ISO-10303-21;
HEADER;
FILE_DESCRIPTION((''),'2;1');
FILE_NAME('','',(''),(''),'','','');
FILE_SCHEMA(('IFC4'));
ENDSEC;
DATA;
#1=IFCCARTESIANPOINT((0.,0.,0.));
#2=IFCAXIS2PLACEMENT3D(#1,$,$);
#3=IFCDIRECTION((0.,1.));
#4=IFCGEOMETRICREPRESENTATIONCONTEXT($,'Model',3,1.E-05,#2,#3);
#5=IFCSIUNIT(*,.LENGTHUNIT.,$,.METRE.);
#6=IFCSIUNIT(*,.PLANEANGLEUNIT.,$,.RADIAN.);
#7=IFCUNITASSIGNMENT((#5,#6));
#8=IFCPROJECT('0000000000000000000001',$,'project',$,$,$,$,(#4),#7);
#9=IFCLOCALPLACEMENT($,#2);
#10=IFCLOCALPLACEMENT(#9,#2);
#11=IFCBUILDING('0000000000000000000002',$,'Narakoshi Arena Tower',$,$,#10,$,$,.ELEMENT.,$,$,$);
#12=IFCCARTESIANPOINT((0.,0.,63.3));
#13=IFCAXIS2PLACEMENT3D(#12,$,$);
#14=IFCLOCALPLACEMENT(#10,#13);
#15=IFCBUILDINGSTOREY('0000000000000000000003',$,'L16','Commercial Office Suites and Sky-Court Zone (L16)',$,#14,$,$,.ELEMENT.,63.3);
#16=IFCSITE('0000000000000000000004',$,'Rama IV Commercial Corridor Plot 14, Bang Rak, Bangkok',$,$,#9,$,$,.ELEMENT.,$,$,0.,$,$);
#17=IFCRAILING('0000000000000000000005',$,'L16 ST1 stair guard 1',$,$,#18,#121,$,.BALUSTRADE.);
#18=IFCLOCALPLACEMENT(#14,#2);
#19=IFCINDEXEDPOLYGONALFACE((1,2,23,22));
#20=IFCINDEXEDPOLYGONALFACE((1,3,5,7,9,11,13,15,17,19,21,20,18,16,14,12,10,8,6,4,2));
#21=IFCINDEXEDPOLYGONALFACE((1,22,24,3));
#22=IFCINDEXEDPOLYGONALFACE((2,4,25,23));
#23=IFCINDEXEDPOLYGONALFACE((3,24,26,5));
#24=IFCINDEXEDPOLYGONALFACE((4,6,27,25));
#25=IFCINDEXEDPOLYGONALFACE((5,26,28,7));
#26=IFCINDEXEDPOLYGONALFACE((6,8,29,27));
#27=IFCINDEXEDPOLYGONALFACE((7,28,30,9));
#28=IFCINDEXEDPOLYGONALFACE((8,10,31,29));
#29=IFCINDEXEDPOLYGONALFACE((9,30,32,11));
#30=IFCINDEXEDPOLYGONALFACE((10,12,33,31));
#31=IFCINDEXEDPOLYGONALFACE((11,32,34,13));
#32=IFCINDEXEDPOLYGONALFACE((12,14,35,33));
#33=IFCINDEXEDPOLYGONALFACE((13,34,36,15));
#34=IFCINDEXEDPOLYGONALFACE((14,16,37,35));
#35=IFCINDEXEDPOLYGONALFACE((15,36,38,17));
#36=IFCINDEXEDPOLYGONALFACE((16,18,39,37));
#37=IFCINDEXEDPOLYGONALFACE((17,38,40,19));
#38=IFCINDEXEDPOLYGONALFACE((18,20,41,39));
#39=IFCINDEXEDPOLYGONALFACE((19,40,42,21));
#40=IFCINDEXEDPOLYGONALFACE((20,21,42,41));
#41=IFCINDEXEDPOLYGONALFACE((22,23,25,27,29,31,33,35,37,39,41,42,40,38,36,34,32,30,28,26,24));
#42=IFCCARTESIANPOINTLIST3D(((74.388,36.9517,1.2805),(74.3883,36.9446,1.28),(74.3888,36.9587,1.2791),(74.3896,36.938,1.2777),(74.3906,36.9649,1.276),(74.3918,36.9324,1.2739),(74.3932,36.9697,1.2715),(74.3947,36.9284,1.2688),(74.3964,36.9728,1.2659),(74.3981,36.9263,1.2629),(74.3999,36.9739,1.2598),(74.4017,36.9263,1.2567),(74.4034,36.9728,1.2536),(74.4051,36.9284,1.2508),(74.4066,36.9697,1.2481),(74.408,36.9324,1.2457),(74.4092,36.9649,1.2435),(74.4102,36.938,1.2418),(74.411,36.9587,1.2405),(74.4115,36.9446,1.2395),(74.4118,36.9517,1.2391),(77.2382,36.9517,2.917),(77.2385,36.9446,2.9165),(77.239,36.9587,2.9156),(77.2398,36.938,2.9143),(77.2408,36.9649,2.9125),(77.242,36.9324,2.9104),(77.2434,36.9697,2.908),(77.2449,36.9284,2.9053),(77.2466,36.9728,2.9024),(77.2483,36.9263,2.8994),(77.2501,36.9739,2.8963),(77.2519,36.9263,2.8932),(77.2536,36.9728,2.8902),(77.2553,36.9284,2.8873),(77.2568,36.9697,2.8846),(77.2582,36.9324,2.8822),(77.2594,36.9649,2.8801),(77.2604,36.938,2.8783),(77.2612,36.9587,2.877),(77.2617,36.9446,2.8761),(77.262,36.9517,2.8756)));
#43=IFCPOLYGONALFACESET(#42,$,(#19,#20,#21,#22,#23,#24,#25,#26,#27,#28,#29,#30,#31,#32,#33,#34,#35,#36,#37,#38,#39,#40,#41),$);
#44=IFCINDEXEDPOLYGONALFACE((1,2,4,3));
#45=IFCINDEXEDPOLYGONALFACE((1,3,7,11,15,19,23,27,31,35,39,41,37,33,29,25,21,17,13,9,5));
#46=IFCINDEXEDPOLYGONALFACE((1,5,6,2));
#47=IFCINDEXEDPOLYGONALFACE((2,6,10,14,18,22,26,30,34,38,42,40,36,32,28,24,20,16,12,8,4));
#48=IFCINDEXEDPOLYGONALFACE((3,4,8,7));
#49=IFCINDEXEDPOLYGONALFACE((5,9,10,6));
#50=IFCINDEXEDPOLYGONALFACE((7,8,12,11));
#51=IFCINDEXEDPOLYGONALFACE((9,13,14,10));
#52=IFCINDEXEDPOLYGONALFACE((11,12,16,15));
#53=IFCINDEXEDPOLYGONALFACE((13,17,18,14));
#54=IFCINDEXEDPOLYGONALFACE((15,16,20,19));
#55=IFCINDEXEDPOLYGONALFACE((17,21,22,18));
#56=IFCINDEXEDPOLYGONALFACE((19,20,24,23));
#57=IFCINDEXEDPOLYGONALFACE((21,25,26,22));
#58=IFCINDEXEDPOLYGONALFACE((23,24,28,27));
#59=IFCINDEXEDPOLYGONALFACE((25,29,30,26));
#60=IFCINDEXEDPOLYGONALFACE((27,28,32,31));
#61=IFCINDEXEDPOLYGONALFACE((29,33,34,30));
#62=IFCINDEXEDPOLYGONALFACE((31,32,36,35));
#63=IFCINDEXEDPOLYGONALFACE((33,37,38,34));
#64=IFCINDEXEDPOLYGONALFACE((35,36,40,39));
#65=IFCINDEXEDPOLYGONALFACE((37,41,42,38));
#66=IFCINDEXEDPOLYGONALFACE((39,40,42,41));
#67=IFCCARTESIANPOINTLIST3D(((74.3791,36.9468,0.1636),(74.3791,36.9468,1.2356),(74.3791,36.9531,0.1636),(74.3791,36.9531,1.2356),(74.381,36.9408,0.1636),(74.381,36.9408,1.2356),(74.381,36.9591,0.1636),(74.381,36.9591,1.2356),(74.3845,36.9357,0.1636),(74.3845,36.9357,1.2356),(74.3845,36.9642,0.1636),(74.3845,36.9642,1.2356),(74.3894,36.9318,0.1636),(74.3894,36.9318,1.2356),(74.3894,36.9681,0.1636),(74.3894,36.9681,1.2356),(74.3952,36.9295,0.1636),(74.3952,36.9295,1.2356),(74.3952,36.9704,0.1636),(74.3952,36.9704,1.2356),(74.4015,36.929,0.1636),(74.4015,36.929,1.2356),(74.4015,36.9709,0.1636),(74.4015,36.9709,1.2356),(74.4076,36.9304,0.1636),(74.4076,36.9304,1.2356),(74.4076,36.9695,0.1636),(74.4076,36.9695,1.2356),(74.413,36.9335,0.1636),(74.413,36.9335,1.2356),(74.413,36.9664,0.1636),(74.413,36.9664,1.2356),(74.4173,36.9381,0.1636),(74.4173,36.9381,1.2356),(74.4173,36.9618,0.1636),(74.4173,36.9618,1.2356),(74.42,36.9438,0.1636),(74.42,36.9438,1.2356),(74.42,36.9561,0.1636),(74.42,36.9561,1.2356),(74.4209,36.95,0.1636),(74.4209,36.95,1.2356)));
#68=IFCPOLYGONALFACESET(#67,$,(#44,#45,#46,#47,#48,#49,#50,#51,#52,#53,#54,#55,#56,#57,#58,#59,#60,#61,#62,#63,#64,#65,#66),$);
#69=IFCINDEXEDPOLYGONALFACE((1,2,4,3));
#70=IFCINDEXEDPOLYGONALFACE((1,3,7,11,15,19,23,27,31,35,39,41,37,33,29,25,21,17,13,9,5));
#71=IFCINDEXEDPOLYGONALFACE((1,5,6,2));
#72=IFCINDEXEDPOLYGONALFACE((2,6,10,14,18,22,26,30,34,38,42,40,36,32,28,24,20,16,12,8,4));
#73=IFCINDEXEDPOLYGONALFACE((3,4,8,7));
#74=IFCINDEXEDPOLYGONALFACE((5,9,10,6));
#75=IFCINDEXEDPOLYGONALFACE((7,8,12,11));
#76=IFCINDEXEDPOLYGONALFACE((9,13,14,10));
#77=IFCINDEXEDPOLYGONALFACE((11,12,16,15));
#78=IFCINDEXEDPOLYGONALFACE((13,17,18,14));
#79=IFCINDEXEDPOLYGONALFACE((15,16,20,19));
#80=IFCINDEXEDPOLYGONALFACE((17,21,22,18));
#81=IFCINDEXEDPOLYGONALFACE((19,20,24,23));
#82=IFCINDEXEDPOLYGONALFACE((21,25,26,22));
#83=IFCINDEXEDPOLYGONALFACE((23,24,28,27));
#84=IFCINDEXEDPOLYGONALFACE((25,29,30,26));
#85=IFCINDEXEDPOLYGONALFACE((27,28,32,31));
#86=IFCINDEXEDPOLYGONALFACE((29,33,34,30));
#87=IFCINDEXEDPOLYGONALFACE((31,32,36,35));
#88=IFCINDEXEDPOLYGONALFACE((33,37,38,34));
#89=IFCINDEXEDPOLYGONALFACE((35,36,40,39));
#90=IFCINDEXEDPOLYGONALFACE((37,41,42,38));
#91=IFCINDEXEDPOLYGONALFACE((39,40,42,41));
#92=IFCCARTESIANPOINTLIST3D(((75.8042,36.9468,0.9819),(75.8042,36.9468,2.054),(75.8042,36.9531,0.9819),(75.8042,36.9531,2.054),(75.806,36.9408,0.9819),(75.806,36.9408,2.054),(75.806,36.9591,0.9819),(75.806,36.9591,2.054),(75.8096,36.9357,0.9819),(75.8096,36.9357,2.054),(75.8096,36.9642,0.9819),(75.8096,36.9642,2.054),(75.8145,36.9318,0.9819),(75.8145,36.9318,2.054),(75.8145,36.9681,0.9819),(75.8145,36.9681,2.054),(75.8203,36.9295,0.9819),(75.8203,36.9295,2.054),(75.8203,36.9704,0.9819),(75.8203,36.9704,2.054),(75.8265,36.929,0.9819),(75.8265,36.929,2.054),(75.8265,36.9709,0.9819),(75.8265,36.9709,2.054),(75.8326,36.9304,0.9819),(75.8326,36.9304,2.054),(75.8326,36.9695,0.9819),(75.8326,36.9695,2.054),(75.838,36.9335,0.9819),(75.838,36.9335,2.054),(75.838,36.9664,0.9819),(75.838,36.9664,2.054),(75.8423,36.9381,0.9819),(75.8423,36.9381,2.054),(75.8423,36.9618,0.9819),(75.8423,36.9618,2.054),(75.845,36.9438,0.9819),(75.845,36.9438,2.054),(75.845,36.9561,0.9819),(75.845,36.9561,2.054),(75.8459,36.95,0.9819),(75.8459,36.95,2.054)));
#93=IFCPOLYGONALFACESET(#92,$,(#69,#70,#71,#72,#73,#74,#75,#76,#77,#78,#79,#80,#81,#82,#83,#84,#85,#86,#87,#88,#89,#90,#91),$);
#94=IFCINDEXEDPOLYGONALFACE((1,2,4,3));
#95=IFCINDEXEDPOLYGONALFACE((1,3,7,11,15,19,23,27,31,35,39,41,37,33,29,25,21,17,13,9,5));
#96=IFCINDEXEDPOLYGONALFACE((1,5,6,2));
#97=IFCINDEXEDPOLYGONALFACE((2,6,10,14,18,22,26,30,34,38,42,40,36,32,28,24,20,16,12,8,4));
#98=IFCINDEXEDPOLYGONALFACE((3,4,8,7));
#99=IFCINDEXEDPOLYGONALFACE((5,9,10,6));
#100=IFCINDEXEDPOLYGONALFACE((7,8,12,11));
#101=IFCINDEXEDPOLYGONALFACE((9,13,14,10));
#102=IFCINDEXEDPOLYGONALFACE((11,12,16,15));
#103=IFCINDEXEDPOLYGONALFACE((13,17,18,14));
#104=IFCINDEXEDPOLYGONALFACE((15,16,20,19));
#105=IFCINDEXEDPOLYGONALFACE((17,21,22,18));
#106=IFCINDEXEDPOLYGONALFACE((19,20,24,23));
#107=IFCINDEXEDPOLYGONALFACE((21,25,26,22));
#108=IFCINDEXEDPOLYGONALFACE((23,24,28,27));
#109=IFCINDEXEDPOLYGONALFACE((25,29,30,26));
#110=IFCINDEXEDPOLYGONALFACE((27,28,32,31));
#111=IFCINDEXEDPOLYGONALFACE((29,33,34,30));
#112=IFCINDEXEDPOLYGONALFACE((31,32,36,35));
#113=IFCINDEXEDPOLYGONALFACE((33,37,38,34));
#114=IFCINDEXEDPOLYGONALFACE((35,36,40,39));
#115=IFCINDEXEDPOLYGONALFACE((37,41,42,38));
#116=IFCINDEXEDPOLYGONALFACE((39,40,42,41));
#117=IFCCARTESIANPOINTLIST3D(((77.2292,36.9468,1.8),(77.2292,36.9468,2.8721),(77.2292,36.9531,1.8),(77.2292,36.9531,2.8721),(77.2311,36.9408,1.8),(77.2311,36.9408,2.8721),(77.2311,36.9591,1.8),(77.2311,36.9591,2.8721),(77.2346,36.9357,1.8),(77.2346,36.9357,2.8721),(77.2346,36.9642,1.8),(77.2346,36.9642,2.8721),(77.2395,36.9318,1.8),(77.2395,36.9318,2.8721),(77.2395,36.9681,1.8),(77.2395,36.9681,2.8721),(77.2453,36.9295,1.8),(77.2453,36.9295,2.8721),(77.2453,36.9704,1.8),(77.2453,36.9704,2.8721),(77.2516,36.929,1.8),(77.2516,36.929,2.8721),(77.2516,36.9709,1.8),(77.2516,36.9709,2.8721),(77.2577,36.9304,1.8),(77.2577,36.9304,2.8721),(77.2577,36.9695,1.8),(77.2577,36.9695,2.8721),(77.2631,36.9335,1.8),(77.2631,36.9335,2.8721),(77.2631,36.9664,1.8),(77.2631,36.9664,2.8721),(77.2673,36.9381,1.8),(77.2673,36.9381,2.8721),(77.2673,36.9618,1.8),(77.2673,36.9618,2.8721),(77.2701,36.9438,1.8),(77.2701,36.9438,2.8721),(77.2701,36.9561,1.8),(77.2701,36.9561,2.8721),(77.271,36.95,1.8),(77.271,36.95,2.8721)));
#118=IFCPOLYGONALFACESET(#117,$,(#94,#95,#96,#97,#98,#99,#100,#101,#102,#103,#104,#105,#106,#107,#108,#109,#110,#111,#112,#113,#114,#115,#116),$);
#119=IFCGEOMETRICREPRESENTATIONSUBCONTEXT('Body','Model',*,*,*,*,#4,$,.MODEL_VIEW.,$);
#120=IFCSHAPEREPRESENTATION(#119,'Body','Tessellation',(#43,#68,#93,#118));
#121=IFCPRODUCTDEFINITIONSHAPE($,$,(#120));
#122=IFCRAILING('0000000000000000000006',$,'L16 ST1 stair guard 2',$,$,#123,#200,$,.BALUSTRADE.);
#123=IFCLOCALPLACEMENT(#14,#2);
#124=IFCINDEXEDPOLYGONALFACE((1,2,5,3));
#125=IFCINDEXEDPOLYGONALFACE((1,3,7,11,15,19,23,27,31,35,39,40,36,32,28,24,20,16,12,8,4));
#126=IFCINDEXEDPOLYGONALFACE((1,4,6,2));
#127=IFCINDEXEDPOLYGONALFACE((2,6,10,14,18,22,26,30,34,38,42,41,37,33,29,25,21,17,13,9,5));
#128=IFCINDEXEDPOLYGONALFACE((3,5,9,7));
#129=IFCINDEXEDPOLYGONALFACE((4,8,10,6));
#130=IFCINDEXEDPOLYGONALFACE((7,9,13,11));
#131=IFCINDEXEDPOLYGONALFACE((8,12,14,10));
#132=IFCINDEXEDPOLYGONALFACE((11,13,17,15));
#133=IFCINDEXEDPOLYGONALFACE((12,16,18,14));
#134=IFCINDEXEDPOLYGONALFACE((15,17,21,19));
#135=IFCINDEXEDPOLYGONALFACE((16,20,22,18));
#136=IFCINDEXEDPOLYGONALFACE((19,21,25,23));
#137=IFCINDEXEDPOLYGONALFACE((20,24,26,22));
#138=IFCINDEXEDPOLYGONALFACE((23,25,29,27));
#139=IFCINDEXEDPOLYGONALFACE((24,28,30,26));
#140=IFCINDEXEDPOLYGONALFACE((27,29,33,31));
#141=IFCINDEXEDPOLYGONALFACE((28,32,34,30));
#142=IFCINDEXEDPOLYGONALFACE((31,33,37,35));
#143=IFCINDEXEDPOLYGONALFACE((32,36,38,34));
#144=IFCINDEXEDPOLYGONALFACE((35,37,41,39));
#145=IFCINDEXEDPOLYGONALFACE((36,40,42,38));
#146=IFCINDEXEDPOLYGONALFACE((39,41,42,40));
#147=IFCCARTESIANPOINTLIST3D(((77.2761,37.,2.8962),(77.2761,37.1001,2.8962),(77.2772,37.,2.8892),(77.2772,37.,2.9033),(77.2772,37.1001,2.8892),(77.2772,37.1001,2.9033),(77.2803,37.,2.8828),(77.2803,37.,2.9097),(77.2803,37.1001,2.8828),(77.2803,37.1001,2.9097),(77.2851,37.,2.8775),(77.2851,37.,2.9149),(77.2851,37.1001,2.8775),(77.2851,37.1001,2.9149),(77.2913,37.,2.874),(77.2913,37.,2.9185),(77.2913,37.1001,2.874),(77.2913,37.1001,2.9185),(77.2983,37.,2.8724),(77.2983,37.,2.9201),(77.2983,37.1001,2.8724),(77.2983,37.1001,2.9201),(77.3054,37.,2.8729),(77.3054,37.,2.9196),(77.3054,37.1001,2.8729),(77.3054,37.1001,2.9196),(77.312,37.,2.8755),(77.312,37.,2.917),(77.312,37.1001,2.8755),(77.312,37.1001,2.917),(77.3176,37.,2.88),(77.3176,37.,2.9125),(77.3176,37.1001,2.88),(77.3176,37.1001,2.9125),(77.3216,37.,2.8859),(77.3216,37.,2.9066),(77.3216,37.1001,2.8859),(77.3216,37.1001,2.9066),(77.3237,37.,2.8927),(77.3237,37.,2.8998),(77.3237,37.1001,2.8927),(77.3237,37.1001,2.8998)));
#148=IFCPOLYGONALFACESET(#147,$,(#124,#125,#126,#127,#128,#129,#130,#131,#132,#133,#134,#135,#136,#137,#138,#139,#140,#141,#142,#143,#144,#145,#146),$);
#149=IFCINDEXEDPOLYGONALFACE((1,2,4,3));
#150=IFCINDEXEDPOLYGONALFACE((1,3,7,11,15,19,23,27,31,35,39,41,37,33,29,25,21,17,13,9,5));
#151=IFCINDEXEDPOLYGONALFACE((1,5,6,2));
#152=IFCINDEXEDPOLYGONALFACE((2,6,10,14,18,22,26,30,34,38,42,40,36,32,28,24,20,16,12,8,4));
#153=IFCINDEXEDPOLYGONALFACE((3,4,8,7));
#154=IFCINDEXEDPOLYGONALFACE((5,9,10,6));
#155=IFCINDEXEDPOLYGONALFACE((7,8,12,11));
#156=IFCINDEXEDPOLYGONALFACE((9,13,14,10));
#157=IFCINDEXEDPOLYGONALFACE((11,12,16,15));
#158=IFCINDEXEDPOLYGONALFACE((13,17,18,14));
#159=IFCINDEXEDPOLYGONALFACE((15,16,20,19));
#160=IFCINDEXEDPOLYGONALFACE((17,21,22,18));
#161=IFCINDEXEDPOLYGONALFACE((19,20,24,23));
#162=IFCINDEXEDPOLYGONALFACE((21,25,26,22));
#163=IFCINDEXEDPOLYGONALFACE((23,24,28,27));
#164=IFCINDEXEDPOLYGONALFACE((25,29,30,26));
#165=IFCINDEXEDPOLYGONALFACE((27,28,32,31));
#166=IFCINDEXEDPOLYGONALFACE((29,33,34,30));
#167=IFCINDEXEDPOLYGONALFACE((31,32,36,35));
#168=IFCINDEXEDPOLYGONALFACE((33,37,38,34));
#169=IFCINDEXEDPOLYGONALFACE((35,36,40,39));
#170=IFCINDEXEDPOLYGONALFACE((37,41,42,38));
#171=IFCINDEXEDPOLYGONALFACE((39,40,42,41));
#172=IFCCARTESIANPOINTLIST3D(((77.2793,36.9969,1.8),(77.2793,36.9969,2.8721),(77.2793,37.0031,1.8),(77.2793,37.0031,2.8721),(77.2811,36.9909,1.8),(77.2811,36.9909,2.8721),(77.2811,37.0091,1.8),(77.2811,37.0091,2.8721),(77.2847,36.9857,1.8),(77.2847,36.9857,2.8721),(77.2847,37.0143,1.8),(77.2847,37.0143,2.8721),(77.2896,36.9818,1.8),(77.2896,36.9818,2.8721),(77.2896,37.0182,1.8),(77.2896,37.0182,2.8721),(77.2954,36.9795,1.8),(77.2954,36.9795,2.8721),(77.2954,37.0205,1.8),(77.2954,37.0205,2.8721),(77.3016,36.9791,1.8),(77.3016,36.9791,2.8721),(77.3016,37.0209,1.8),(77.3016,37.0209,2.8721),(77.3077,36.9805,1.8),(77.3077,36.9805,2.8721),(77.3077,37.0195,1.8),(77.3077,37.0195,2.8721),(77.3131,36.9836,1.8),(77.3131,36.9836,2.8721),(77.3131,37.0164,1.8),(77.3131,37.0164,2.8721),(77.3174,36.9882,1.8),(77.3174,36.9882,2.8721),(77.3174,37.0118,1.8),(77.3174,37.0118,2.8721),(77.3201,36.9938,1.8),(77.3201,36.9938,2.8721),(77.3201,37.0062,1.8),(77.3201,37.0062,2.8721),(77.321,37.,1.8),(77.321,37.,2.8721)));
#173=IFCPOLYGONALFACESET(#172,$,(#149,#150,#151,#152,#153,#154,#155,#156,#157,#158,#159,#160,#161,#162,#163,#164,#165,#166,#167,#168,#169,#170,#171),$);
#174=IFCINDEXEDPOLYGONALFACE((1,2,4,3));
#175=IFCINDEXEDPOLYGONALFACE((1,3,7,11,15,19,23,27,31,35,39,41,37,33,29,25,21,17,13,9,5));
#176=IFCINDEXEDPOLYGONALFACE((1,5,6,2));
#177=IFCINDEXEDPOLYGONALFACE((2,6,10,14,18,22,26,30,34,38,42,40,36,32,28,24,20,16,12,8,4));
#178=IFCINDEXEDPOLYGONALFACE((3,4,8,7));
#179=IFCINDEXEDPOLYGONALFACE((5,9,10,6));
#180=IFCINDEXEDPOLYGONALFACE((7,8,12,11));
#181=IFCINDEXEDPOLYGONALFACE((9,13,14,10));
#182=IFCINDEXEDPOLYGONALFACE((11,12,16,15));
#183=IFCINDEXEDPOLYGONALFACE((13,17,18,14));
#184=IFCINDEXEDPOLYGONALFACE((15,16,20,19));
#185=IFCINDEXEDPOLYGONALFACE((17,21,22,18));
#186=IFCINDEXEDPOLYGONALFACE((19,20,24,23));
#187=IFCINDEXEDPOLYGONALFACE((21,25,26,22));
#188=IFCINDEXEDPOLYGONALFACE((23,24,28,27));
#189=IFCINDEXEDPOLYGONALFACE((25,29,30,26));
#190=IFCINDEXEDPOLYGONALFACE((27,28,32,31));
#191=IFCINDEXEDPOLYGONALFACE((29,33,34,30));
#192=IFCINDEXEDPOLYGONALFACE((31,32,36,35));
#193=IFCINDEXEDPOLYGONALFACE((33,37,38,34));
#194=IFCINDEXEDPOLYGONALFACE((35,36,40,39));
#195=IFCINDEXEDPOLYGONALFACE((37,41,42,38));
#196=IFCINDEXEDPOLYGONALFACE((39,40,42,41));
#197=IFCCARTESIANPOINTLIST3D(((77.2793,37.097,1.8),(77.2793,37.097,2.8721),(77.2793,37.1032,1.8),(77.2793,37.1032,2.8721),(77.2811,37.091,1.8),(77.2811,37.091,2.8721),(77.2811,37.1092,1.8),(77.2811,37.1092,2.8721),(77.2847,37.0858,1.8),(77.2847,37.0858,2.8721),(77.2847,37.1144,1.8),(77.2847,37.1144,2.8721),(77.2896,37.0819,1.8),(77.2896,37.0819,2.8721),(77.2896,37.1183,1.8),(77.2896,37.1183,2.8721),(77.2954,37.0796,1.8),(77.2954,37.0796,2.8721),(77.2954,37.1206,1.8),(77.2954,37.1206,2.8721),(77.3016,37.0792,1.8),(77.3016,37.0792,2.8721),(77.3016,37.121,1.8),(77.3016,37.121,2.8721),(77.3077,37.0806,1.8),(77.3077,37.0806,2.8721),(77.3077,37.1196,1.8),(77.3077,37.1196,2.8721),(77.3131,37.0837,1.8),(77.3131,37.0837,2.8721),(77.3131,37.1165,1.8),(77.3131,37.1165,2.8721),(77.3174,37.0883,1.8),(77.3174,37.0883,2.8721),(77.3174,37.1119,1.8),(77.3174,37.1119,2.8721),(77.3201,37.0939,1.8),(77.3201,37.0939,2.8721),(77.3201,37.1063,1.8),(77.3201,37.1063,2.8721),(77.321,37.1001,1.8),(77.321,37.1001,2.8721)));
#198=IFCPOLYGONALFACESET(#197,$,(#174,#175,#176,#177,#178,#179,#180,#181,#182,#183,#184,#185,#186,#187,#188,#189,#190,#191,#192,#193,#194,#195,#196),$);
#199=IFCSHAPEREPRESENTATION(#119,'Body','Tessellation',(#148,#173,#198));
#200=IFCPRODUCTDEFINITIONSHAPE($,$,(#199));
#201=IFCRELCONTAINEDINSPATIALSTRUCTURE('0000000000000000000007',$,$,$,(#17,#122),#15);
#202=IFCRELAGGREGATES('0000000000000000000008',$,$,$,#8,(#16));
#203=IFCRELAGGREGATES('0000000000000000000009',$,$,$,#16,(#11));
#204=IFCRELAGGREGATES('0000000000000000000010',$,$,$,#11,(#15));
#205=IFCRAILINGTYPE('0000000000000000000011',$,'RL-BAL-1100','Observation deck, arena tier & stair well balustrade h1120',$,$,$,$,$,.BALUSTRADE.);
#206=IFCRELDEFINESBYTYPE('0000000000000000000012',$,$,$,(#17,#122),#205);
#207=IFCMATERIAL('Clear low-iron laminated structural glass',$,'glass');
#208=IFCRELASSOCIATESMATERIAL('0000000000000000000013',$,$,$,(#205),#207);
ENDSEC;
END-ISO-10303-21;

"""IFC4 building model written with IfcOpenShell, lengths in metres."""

from ifc_helpers import new_model, si_unit, direction, frame, origin, origin_2d, place, context, subcontext, project, spatial, circle, extrude, material, type_object, element, save


model = new_model("IFC4")

# Units and contexts
model_context = context("Model", 3, precision=1e-05, world=origin(), true_north=direction((0.0, 1.0)))
body_context = subcontext(model_context, "Body", "Model", "MODEL_VIEW")
ifc_project = project(units=[si_unit("LENGTHUNIT", "METRE"), si_unit("PLANEANGLEUNIT", "RADIAN")], contexts=[model_context])

# Site, building, storey
site_placement = place(None, origin())
site = spatial("IfcSite", under=ifc_project, at=site_placement, Name="Rama IV Commercial Corridor Plot 14, Bang Rak, Bangkok", CompositionType="ELEMENT", RefElevation=0.0)
building_placement = place(site_placement, origin())
building = spatial("IfcBuilding", under=site, at=building_placement, Name="Narakoshi Arena Tower", CompositionType="ELEMENT")
storey_placement = place(building_placement, frame((0.0, 0.0, 63.3)))
storey = spatial("IfcBuildingStorey", under=building, at=storey_placement, Name="L16", Description="Commercial Office Suites and Sky-Court Zone (L16)", CompositionType="ELEMENT", Elevation=63.3)

# Railings
ifc_material_1 = material(Name="Clear low-iron laminated structural glass", Category="glass")
railing_type_1 = type_object("IfcRailingType", Name="RL-BAL-1100", Description="Observation deck, arena tier & stair well balustrade h1120", PredefinedType="BALUSTRADE", material=ifc_material_1)
railing_1_placement = place(storey_placement, frame((74.3999, 36.95, 0.1636)))
element("IfcRailing", 1, at=railing_1_placement, inside=storey, type_object=railing_type_1, Name="L16 ST1 stair guard 1", PredefinedType="BALUSTRADE", context=body_context, shape_type="SweptSolid", body=[
    extrude(circle(Radius=0.0239, at=origin_2d()), frame((0.0, 0.0, 1.0962), z_axis=(0.867213, 0.0, 0.497938), x_axis=(0.0, 1.0, 0.0)), (0.0, 0.0, 1.0), 3.2866),
    extrude(circle(Radius=0.021, at=origin_2d()), origin(), (0.0, 0.0, 1.0), 1.072),
    extrude(circle(Radius=0.021, at=origin_2d()), frame((1.425, 0.0, 0.8184)), (0.0, 0.0, 1.0), 1.072),
    extrude(circle(Radius=0.021, at=origin_2d()), frame((2.8501, 0.0, 1.6365)), (0.0, 0.0, 1.0), 1.072),
])
railing_2_placement = place(storey_placement, frame((77.3, 37.0, 1.8)))
element("IfcRailing", 2, at=railing_2_placement, inside=storey, type_object=railing_type_1, Name="L16 ST1 stair guard 2", PredefinedType="BALUSTRADE", context=body_context, shape_type="SweptSolid", body=[
    extrude(circle(Radius=0.0239, at=origin_2d()), frame((0.0, 0.0, 1.0962), z_axis=(0.0, 1.0, 0.0), x_axis=(-1.0, 0.0, 0.0)), (0.0, 0.0, 1.0), 0.1001),
    extrude(circle(Radius=0.021, at=origin_2d()), origin(), (0.0, 0.0, 1.0), 1.072),
    extrude(circle(Radius=0.021, at=origin_2d()), frame((0.0, 0.1001, 0.0)), (0.0, 0.0, 1.0), 1.072),
])

save(model, "model.ifc")
